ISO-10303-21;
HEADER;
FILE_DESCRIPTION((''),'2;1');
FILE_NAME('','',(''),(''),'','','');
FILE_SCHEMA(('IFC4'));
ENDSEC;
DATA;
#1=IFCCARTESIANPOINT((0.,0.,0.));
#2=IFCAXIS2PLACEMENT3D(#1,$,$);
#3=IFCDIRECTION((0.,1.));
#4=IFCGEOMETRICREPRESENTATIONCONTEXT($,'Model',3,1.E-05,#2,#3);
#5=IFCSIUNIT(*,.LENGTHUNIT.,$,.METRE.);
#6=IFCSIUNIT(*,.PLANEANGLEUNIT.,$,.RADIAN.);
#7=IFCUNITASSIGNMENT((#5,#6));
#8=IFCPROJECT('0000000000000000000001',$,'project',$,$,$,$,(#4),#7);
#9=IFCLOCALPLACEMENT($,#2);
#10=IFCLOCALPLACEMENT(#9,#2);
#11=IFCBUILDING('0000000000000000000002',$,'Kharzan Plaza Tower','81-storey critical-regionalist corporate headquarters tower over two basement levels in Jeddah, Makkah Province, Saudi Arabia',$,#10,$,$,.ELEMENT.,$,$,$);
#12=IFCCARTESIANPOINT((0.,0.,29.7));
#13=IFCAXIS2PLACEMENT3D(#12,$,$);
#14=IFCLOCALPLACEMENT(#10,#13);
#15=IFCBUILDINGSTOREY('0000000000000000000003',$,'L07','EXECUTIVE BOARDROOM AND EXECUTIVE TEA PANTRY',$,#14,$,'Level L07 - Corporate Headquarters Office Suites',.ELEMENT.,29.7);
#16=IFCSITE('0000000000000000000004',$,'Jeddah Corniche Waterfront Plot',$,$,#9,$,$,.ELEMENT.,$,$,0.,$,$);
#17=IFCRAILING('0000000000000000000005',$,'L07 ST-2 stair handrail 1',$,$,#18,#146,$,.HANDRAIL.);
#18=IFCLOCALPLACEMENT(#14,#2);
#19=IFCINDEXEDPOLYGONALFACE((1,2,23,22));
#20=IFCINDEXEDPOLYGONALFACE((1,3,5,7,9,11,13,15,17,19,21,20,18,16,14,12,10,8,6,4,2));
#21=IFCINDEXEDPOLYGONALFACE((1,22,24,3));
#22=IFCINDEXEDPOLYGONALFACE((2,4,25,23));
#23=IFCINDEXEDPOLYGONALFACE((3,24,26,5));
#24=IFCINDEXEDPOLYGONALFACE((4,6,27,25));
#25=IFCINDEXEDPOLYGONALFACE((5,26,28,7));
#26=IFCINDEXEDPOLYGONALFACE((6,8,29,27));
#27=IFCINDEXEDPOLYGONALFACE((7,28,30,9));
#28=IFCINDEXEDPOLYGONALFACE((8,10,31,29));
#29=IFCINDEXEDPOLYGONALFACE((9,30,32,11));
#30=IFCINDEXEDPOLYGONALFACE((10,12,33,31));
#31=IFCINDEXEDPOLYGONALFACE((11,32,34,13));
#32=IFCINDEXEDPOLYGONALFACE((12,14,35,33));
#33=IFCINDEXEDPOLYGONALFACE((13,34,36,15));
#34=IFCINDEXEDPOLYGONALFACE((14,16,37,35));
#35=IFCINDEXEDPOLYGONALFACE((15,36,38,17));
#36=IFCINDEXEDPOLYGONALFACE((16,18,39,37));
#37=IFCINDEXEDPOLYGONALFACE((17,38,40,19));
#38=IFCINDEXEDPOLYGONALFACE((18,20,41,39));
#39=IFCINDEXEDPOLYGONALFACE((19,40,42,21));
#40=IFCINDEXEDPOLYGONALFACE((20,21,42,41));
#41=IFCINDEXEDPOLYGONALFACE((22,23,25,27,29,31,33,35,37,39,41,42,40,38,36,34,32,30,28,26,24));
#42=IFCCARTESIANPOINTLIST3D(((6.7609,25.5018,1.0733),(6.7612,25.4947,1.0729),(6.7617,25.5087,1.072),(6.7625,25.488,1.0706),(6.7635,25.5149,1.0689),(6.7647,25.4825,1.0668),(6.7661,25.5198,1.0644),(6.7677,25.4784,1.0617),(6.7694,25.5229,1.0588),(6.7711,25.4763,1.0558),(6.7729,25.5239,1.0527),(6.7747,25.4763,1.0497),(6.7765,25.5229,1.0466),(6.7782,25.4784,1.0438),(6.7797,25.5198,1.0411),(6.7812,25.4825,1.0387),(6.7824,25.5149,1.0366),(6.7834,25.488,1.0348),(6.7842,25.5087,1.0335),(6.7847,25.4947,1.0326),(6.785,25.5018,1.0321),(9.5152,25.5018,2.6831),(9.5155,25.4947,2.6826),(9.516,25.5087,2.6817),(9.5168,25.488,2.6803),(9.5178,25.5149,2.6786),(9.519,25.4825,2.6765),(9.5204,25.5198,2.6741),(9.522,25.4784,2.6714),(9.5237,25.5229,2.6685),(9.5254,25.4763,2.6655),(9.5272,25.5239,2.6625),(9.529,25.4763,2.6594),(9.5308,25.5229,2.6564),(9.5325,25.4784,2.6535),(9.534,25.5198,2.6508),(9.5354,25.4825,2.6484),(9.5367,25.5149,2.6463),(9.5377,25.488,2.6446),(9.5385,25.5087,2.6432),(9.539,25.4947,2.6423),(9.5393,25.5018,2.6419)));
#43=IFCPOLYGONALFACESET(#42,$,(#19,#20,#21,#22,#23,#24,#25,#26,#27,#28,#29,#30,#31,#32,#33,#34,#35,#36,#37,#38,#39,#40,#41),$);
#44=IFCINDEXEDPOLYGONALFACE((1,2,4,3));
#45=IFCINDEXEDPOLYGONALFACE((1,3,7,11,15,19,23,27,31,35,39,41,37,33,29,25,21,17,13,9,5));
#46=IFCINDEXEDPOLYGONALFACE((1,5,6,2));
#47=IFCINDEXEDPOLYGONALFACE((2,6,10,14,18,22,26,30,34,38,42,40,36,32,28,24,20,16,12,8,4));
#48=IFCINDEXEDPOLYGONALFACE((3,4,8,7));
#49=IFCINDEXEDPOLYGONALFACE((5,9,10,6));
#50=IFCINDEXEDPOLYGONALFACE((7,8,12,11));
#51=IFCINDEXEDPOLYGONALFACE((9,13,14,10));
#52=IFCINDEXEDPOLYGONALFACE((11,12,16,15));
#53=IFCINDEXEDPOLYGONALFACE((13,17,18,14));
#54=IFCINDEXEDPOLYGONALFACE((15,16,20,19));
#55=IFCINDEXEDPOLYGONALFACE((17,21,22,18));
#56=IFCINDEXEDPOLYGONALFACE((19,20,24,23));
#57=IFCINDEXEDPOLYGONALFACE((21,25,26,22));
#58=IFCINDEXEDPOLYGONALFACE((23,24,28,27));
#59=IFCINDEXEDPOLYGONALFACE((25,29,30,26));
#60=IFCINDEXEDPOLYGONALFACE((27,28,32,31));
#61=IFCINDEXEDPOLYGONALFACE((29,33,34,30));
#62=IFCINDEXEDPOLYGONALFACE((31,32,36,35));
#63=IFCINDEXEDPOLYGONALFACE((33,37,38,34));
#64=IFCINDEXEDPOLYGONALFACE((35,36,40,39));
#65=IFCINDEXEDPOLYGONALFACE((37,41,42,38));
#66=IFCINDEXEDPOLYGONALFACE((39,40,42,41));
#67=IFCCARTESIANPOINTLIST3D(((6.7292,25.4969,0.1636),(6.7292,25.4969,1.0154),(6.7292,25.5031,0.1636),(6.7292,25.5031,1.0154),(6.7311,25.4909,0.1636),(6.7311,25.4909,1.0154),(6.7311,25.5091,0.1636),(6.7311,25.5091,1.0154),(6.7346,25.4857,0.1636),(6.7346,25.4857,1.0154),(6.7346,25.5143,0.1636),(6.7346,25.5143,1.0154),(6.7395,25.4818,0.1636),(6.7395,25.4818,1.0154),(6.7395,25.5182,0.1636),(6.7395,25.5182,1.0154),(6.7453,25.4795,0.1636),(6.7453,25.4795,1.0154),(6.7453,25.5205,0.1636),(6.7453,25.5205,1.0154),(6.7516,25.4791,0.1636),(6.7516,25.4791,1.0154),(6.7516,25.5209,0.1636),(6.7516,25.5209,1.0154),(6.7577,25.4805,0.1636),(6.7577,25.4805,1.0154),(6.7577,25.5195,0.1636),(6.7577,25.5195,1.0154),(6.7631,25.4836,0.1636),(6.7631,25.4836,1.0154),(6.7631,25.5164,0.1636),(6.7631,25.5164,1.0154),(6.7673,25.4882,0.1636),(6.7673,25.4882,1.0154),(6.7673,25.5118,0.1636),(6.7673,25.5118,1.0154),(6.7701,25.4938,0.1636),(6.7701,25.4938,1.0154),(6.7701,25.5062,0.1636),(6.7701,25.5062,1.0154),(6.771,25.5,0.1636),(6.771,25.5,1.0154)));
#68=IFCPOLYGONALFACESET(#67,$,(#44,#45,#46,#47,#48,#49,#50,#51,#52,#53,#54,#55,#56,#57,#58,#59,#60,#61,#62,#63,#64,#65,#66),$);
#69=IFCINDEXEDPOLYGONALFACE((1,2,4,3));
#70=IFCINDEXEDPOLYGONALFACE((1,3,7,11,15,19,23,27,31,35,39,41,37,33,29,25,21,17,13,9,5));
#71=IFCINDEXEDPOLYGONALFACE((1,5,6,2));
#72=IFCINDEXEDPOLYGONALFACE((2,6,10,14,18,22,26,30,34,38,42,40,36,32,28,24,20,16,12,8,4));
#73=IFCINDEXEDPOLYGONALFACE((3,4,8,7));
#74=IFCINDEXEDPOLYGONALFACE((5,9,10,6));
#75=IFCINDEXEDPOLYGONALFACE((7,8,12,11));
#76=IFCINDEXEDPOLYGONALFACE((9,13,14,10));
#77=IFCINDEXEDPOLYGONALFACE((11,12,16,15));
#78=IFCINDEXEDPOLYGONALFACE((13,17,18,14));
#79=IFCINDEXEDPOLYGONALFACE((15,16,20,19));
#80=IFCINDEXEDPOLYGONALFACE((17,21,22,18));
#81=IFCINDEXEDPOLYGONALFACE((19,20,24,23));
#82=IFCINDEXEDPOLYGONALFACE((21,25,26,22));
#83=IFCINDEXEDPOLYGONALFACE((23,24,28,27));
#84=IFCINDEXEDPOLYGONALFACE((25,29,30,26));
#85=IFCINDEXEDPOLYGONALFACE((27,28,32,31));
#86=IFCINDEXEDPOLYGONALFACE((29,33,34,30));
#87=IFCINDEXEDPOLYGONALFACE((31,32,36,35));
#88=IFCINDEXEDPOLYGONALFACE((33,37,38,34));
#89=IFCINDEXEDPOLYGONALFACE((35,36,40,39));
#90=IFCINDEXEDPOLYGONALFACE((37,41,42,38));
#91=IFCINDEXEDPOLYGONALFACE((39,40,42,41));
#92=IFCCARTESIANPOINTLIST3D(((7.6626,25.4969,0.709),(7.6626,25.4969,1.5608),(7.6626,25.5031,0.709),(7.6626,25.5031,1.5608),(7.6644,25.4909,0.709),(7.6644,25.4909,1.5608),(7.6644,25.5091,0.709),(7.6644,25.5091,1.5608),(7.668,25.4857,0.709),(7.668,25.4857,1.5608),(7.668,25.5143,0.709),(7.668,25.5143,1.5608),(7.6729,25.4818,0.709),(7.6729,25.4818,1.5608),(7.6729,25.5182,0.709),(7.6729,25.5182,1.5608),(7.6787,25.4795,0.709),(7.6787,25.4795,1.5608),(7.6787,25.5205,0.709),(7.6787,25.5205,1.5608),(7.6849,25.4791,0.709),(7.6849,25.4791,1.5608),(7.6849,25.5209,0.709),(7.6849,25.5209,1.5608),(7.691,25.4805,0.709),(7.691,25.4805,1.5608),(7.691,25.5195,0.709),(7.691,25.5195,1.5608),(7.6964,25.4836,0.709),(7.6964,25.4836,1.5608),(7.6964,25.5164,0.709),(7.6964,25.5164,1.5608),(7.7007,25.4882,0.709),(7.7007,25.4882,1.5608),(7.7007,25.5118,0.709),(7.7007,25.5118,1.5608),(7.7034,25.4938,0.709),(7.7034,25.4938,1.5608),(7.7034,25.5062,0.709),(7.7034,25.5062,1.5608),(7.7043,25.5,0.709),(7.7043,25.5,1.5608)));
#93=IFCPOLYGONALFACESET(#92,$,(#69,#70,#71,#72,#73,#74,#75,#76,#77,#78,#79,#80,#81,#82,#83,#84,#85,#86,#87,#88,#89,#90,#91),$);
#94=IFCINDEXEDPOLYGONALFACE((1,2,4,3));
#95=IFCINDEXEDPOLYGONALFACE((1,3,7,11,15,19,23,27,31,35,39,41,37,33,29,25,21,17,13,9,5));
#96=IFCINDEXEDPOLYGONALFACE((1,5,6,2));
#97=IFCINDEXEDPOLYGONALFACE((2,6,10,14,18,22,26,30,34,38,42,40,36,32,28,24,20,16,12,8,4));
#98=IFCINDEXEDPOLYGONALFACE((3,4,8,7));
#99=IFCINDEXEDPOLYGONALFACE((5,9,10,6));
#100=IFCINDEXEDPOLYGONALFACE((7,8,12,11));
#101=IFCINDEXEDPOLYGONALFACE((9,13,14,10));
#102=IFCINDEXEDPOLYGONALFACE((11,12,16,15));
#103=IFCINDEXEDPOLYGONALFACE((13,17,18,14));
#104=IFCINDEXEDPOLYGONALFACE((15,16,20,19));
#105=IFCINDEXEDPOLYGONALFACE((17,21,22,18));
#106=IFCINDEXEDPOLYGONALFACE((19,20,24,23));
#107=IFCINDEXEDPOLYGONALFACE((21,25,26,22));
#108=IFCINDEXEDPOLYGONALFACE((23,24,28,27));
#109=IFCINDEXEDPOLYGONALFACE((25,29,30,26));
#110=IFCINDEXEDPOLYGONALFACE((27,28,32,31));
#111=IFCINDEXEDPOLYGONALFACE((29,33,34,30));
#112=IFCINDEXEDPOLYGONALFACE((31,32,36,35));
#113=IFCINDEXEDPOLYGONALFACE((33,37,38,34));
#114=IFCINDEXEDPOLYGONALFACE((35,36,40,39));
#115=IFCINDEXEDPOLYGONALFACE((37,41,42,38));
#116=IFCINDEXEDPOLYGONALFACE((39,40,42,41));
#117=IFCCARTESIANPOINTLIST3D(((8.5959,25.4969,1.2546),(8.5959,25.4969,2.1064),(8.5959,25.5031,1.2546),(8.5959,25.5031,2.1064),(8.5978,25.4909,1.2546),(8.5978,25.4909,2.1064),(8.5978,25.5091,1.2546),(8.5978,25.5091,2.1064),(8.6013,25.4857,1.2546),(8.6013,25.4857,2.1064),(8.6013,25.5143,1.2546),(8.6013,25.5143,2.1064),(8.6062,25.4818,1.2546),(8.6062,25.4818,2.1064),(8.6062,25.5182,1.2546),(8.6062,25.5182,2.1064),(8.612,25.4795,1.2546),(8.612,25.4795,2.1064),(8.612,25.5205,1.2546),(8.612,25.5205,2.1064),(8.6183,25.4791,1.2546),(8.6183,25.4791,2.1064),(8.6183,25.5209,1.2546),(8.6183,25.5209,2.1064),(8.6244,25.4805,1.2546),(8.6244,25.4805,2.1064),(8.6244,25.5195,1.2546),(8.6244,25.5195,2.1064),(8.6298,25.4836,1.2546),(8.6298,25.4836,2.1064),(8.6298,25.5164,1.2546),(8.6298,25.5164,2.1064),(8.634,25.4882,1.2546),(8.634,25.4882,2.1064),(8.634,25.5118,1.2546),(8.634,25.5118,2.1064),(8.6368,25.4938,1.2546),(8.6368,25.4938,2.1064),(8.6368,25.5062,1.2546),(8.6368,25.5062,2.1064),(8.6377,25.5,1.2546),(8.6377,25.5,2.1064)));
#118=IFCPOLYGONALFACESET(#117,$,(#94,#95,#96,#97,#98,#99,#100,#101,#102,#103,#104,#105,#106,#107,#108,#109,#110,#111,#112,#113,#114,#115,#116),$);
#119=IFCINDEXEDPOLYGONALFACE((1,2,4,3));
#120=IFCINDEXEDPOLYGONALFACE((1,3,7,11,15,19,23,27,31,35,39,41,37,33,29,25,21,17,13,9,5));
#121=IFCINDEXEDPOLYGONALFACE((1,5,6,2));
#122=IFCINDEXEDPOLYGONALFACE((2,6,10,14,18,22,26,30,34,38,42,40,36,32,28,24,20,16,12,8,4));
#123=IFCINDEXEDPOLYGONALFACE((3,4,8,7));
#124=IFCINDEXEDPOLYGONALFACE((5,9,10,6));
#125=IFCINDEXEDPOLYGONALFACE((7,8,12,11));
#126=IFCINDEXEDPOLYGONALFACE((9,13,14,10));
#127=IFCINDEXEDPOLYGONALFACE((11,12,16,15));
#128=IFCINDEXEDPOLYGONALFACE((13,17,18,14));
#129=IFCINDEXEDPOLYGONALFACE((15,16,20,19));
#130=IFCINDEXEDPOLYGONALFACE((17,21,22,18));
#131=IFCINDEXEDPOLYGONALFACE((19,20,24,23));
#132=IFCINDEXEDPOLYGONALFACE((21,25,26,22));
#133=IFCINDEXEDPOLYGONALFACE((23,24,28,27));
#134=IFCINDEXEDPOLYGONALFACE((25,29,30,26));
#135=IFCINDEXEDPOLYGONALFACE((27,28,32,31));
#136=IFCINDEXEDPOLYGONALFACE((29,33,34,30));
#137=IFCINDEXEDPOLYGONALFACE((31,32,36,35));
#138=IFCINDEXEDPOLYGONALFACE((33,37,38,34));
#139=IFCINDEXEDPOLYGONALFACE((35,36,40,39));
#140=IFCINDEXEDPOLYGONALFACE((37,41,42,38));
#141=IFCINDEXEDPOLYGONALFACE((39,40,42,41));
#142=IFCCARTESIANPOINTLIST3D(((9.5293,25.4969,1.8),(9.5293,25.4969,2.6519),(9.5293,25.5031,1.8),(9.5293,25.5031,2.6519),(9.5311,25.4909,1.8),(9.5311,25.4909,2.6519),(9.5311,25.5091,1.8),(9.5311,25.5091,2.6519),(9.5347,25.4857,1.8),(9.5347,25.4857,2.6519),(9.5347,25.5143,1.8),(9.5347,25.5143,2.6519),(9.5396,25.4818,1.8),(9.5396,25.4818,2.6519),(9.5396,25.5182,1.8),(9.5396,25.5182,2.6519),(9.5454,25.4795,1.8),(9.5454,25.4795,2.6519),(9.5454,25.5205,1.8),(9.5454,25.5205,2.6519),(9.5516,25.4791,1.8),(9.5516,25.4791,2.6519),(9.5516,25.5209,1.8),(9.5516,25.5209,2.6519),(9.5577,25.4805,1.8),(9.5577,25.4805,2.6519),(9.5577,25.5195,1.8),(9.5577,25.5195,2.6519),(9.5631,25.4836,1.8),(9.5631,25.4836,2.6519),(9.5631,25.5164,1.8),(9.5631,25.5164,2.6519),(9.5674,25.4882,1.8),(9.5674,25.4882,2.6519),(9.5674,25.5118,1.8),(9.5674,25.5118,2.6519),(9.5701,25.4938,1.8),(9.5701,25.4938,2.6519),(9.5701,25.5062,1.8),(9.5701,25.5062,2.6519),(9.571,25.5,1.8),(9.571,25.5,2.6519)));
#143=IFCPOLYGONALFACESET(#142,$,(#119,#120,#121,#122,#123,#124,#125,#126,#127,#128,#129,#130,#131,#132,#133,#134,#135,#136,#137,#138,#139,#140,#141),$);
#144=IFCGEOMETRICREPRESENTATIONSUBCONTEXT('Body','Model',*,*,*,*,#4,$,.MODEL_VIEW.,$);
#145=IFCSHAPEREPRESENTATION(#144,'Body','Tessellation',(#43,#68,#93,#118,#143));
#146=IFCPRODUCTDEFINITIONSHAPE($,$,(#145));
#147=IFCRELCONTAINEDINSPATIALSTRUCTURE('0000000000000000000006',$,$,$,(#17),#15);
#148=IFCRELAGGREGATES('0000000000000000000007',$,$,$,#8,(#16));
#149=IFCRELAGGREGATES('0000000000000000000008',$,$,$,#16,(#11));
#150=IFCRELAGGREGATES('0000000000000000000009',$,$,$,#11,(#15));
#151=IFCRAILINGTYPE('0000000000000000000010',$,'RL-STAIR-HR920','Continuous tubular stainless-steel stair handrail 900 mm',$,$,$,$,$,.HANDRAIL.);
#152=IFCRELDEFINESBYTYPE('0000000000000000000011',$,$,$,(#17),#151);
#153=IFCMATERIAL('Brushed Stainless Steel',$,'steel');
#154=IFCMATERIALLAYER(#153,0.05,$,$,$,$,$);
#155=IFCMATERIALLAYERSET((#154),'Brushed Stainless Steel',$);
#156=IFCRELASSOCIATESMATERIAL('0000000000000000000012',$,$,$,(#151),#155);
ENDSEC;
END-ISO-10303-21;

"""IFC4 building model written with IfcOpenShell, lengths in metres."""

from ifc_helpers import new_model, si_unit, direction, frame, origin, origin_2d, place, context, subcontext, project, spatial, circle, extrude, source, transform, mapped, material, layer, layer_set, type_object, element, save


model = new_model("IFC4")

# Units and contexts
model_context = context("Model", 3, precision=1e-05, world=origin(), true_north=direction((0.0, 1.0)))
body_context = subcontext(model_context, "Body", "Model", "MODEL_VIEW")
ifc_project = project(units=[si_unit("LENGTHUNIT", "METRE"), si_unit("PLANEANGLEUNIT", "RADIAN")], contexts=[model_context])

# Site, building, storey
site_placement = place(None, origin())
site = spatial("IfcSite", under=ifc_project, at=site_placement, Name="Jeddah Corniche Waterfront Plot", CompositionType="ELEMENT", RefElevation=0.0)
building_placement = place(site_placement, origin())
building = spatial("IfcBuilding", under=site, at=building_placement, Name="Kharzan Plaza Tower", Description="81-storey critical-regionalist corporate headquarters tower over two basement levels in Jeddah, Makkah Province, Saudi Arabia", CompositionType="ELEMENT")
storey_placement = place(building_placement, frame((0.0, 0.0, 29.7)))
storey = spatial("IfcBuildingStorey", under=building, at=storey_placement, Name="L07", Description="EXECUTIVE BOARDROOM AND EXECUTIVE TEA PANTRY", LongName="Level L07 - Corporate Headquarters Office Suites", CompositionType="ELEMENT", Elevation=29.7)

# Railing
ifc_material_1 = material(Name="Brushed Stainless Steel", Category="steel")
ifc_layer_1 = layer(ifc_material_1, 0.05)
ifc_layer_set_1 = layer_set([ifc_layer_1], Name="Brushed Stainless Steel")
railing_type_1 = type_object("IfcRailingType", Name="RL-STAIR-HR920", Description="Continuous tubular stainless-steel stair handrail 900 mm", PredefinedType="HANDRAIL", material=ifc_layer_set_1)
shared_shape_1 = source(origin(), body_context, "Body", "SweptSolid", [
    extrude(circle(Radius=0.0239, at=origin_2d()), frame((0.0229, 0.0, 0.8892), z_axis=(0.863361, 0.0, 0.504587), x_axis=(0.0, 1.0, 0.0)), (0.0, 0.0, 1.0), 3.1902),
    extrude(circle(Radius=0.021, at=origin_2d()), origin(), (0.0, 0.0, 1.0), 0.8518),
    extrude(circle(Radius=0.021, at=origin_2d()), frame((0.9333, 0.0, 0.5454)), (0.0, 0.0, 1.0), 0.8518),
    extrude(circle(Radius=0.021, at=origin_2d()), frame((1.8667, 0.0, 1.0911)), (0.0, 0.0, 1.0), 0.8518),
    extrude(circle(Radius=0.021, at=origin_2d()), frame((2.8, 0.0, 1.6365)), (0.0, 0.0, 1.0), 0.8518),
])
railing_1_placement = place(storey_placement, frame((6.75, 25.5, 0.1636)))
element("IfcRailing", 1, at=railing_1_placement, inside=storey, type_object=railing_type_1, Name="L07 ST-2 stair handrail 1", PredefinedType="HANDRAIL", context=body_context, shape_type="MappedRepresentation", body=[
    mapped(shared_shape_1, transform((0.0, 0.0, 0.0), x_axis=(1.0, 0.0, 0.0), y_axis=(0.0, 1.0, 0.0), z_axis=(0.0, 0.0, 1.0))),
])

save(model, "model.ifc")
